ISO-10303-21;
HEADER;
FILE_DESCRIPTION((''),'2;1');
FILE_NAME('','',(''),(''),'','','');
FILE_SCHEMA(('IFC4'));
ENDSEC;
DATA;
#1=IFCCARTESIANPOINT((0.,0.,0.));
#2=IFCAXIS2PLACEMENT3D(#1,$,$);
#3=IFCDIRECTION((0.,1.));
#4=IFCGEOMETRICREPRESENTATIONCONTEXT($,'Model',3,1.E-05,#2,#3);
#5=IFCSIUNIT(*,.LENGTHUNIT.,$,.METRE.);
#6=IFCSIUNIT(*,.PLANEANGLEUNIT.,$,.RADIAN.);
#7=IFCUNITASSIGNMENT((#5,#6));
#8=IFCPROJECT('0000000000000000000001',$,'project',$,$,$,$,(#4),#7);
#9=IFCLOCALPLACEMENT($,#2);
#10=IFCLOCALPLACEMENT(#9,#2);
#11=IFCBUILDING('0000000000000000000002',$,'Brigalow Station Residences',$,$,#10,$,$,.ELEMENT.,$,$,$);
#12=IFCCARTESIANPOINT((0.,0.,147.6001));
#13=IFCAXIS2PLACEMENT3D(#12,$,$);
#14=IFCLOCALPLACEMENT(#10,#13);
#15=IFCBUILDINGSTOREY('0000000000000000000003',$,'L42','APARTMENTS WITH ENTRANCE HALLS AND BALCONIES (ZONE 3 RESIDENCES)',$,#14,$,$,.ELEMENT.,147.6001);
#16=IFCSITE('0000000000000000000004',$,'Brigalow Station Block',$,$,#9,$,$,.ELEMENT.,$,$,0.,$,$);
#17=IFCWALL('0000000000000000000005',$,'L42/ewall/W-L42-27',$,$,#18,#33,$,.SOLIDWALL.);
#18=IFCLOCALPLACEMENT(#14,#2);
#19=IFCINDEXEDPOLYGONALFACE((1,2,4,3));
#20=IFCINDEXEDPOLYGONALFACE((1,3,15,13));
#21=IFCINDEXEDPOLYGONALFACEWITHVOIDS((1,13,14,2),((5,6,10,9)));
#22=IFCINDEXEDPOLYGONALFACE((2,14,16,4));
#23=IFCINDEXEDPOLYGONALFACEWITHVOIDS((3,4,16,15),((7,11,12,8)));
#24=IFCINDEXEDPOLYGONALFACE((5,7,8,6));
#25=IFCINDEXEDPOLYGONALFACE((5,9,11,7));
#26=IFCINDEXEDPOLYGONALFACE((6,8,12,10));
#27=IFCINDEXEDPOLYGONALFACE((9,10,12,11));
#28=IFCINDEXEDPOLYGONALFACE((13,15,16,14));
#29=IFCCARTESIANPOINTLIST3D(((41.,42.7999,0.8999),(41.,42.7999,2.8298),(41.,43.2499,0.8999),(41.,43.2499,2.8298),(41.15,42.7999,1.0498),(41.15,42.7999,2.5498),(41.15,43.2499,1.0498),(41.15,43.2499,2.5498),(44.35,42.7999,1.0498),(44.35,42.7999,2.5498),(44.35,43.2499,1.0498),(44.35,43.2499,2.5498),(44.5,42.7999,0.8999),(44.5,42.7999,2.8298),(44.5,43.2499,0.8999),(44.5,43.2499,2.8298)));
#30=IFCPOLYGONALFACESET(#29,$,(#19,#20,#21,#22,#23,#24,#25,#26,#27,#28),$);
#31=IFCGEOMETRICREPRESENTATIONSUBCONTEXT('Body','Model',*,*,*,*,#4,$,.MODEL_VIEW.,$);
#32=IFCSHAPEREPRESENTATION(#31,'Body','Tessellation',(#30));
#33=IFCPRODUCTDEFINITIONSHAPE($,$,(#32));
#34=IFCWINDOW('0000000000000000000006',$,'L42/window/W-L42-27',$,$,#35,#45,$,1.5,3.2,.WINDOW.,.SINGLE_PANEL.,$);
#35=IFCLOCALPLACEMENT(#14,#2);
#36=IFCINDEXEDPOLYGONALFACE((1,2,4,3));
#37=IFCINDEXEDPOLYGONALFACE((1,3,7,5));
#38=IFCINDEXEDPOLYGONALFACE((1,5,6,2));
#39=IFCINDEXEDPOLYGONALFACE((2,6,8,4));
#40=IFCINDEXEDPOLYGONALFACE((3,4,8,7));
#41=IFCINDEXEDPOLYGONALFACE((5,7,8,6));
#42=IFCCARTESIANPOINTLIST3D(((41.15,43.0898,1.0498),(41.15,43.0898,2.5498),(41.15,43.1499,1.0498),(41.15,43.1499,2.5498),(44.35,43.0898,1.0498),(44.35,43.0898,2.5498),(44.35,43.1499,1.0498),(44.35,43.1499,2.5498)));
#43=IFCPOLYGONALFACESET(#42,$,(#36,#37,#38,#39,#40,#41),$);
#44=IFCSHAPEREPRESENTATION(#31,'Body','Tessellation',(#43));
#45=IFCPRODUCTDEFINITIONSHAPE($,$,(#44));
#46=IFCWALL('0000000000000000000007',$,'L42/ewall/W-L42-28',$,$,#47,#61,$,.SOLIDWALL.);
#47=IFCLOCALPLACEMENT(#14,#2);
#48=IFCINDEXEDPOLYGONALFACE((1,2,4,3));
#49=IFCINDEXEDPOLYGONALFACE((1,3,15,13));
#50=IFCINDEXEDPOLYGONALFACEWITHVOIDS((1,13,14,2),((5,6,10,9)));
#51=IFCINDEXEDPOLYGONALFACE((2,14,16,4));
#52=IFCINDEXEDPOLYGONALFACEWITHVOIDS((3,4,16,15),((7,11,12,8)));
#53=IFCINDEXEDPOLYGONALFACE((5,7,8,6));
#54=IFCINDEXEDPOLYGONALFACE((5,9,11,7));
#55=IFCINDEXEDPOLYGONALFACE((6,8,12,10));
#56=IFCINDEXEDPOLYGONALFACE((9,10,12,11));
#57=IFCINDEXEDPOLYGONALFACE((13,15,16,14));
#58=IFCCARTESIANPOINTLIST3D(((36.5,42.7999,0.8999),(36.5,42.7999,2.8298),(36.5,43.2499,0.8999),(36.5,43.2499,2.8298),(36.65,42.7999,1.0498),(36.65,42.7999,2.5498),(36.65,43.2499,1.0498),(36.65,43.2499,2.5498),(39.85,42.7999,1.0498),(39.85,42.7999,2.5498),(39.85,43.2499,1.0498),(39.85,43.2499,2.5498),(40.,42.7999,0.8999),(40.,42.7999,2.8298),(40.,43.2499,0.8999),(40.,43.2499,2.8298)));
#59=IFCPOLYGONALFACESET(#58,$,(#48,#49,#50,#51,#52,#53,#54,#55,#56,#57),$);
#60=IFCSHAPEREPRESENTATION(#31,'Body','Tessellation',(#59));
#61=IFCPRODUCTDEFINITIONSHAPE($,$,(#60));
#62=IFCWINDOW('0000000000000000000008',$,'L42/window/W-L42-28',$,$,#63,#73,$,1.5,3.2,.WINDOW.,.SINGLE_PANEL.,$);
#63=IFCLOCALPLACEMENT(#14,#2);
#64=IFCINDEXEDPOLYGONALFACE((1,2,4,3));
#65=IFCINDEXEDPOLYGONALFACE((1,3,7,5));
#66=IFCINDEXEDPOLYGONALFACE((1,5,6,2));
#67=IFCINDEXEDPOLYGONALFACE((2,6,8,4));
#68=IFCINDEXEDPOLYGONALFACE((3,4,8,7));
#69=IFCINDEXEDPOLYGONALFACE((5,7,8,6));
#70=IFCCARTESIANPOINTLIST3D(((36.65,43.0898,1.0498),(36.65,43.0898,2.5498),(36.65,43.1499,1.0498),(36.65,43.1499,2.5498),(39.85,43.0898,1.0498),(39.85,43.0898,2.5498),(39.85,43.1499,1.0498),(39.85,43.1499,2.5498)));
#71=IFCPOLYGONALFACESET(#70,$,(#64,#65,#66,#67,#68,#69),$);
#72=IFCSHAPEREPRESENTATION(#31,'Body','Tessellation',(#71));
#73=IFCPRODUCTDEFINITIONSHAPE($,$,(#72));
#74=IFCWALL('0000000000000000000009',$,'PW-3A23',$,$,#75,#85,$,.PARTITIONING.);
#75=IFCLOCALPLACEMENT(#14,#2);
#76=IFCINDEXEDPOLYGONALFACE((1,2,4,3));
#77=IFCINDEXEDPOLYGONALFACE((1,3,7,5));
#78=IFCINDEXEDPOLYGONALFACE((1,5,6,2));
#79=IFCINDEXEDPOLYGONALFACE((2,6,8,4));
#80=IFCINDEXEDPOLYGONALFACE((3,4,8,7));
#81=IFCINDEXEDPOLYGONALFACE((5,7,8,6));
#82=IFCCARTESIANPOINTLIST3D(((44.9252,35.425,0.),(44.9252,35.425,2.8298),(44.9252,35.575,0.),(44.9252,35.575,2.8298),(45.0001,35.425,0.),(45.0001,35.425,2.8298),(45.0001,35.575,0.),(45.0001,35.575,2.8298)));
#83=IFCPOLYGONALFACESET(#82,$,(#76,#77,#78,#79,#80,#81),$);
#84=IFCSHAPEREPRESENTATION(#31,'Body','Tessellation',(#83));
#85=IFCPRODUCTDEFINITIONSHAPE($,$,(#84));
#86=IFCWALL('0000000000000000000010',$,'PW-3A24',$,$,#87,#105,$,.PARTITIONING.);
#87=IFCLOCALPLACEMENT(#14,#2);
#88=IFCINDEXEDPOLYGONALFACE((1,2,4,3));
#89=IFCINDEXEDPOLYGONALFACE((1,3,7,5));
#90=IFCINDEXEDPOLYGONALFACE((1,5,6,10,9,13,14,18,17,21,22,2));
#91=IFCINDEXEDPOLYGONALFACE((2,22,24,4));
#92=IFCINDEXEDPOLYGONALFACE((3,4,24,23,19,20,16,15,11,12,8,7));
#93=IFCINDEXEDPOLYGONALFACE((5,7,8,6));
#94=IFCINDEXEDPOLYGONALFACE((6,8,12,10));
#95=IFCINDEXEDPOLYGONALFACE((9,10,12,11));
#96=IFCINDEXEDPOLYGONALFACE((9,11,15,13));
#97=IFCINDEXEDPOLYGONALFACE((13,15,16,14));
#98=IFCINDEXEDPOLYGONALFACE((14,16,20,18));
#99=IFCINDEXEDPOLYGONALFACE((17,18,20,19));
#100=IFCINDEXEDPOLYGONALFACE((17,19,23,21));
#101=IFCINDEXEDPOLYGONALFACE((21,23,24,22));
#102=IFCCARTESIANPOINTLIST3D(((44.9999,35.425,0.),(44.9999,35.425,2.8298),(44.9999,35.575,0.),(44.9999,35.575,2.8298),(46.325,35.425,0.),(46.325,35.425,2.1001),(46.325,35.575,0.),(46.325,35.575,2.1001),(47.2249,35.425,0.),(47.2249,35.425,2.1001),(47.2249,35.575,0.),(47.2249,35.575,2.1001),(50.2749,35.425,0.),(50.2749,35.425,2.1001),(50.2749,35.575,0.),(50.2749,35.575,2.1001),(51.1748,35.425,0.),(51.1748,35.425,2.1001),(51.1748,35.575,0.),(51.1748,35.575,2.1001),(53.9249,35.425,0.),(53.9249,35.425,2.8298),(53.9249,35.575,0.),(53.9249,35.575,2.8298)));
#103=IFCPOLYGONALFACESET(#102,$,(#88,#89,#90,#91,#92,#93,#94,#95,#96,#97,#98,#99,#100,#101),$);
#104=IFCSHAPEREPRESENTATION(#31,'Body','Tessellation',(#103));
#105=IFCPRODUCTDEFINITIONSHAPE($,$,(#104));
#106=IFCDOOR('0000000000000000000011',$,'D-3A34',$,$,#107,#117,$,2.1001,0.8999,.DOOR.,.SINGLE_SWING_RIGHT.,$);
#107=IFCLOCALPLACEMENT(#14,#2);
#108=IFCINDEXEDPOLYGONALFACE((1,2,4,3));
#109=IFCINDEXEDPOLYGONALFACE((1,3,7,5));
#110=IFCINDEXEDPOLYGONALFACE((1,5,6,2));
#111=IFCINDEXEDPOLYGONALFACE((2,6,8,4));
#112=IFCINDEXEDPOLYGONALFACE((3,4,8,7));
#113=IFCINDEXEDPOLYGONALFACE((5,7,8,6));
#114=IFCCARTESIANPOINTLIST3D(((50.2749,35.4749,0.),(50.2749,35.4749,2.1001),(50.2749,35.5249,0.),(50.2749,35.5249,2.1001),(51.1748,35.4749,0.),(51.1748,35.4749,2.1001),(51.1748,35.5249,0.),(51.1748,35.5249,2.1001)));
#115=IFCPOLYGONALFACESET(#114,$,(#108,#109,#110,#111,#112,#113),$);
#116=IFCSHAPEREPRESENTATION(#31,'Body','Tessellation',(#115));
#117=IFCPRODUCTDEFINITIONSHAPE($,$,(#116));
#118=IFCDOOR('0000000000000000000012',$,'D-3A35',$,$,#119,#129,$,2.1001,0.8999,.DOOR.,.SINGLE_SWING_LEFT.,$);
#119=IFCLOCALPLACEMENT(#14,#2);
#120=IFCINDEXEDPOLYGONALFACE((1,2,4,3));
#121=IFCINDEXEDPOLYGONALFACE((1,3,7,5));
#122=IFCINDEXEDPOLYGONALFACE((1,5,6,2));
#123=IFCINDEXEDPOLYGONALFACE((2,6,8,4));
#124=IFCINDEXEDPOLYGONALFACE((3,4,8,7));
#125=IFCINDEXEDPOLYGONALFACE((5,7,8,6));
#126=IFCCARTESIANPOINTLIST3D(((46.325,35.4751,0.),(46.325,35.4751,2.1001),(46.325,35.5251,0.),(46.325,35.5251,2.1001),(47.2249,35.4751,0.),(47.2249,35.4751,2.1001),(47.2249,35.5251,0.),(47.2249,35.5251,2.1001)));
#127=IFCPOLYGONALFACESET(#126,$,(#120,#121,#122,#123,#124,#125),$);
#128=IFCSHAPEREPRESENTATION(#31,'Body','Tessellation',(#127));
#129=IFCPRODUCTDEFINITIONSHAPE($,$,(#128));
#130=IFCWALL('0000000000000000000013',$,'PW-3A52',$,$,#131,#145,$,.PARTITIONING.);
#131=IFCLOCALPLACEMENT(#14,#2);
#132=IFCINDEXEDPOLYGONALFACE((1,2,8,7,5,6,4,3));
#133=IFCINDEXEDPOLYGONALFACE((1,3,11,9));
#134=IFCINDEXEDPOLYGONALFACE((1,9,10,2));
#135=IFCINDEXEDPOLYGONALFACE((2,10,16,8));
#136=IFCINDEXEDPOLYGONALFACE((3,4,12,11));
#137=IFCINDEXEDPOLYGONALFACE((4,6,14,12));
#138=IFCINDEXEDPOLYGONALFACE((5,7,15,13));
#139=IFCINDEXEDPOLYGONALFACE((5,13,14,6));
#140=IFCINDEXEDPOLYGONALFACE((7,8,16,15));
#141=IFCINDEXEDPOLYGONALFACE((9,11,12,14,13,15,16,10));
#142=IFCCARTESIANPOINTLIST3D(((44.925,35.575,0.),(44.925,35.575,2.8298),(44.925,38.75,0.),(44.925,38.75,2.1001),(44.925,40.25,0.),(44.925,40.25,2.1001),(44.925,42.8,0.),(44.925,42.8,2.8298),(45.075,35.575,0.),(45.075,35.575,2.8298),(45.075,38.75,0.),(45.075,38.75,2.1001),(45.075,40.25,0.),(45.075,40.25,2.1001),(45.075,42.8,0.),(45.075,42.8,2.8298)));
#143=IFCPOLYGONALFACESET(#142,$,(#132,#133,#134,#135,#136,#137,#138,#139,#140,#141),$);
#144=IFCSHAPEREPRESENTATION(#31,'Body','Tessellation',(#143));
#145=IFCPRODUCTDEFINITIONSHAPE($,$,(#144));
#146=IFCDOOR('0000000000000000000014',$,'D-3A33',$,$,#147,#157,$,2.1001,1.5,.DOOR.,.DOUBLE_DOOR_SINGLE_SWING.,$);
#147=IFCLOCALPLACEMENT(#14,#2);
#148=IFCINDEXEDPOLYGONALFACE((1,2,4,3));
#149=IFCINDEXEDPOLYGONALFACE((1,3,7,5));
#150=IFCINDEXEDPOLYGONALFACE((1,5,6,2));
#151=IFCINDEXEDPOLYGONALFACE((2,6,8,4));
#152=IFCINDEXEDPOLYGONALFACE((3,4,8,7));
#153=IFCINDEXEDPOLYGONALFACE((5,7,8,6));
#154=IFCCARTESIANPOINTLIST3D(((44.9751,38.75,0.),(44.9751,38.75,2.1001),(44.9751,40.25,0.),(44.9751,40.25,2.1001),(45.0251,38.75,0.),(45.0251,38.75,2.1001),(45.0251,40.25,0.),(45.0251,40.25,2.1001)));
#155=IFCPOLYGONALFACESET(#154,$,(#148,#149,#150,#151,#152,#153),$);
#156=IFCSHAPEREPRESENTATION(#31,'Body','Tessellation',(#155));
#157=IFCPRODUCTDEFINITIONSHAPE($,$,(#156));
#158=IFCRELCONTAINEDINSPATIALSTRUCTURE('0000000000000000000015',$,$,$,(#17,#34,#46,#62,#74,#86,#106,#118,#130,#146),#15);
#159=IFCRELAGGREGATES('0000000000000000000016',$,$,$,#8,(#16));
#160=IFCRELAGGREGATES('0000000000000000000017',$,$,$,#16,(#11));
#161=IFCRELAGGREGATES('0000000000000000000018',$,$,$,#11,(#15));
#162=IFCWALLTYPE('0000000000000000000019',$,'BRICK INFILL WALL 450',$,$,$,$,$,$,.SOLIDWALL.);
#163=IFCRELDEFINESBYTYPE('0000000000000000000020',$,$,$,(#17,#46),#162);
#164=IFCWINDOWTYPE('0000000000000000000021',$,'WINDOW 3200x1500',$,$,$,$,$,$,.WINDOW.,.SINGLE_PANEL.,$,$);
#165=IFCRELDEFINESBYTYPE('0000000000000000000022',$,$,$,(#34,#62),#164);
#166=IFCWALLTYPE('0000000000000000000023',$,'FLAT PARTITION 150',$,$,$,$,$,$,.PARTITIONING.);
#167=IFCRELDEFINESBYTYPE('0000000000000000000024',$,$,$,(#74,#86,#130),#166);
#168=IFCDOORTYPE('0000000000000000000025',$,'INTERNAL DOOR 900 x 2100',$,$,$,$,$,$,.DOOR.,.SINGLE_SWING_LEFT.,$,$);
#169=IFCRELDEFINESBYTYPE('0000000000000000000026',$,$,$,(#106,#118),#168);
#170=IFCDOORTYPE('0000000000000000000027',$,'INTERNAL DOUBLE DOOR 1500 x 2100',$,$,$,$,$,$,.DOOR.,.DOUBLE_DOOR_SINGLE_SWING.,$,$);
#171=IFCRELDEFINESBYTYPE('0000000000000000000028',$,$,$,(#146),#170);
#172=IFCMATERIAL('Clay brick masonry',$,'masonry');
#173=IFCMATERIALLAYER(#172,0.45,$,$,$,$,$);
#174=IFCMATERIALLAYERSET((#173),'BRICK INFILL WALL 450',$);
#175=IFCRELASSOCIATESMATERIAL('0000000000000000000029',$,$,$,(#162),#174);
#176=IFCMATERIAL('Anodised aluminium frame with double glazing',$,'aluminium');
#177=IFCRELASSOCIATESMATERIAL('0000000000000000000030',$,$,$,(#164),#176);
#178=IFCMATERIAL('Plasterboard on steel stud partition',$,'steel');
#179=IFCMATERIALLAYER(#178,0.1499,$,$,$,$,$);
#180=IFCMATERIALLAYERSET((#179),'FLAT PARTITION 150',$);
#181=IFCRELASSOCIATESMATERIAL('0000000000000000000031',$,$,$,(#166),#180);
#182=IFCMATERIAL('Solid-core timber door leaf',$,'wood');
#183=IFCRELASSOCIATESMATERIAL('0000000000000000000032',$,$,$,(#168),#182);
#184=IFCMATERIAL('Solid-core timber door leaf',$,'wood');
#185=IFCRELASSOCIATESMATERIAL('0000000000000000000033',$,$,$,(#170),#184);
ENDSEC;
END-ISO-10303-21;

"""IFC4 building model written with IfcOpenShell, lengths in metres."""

from ifc_helpers import new_model, si_unit, direction, frame, frame_2d, origin, place, context, subcontext, project, spatial, rectangle, extrude, material, layer, layer_set, type_object, element, fill, save


model = new_model("IFC4")

# Units and contexts
model_context = context("Model", 3, precision=1e-05, world=origin(), true_north=direction((0.0, 1.0)))
body_context = subcontext(model_context, "Body", "Model", "MODEL_VIEW")
ifc_project = project(units=[si_unit("LENGTHUNIT", "METRE"), si_unit("PLANEANGLEUNIT", "RADIAN")], contexts=[model_context])

# Site, building, storey
site_placement = place(None, origin())
site = spatial("IfcSite", under=ifc_project, at=site_placement, Name="Brigalow Station Block", CompositionType="ELEMENT", RefElevation=0.0)
building_placement = place(site_placement, origin())
building = spatial("IfcBuilding", under=site, at=building_placement, Name="Brigalow Station Residences", CompositionType="ELEMENT")
storey_placement = place(building_placement, frame((0.0, 0.0, 147.6001)))
storey = spatial("IfcBuildingStorey", under=building, at=storey_placement, Name="L42", Description="APARTMENTS WITH ENTRANCE HALLS AND BALCONIES (ZONE 3 RESIDENCES)", CompositionType="ELEMENT", Elevation=147.6001)

# Walls, openings, windows
ifc_material_1 = material(Name="Clay brick masonry", Category="masonry")
ifc_layer_1 = layer(ifc_material_1, 0.45)
ifc_layer_set_1 = layer_set([ifc_layer_1], Name="BRICK INFILL WALL 450")
wall_type_1 = type_object("IfcWallType", Name="BRICK INFILL WALL 450", PredefinedType="SOLIDWALL", material=ifc_layer_set_1)
wall_1_placement = place(storey_placement, frame((44.5, 43.0249, 0.8999), z_axis=(0.0, 0.0, 1.0), x_axis=(-1.0, 0.0, 0.0)))
wall_1 = element("IfcWall", 1, at=wall_1_placement, inside=storey, type_object=wall_type_1, Name="L42/ewall/W-L42-27", PredefinedType="SOLIDWALL", context=body_context, shape_type="SweptSolid", body=[
    extrude(rectangle(XDim=3.5, YDim=0.45, at=frame_2d((1.75, 0.0))), origin(), (0.0, 0.0, 1.0), 1.9299),
])
opening_1_placement = place(wall_1_placement, frame((0.1499, 0.0, 0.1499)))
opening_1 = element("IfcOpeningElement", 2, at=opening_1_placement, cuts=wall_1, PredefinedType="OPENING", context=body_context, shape_type="SweptSolid", body=[
    extrude(rectangle(XDim=3.2, YDim=1.5, at=frame_2d((1.6001, 0.75))), frame((0.0, 0.2349, 0.0), z_axis=(0.0, -1.0, 0.0), x_axis=(1.0, 0.0, 0.0)), (0.0, 0.0, 1.0), 0.47),
])
ifc_material_2 = material(Name="Anodised aluminium frame with double glazing", Category="aluminium")
window_type = type_object("IfcWindowType", Name="WINDOW 3200x1500", PartitioningType="SINGLE_PANEL", PredefinedType="WINDOW", material=ifc_material_2)
window_1_placement = place(opening_1_placement, origin())
window_1 = element("IfcWindow", 3, at=window_1_placement, inside=storey, type_object=window_type, Name="L42/window/W-L42-27", OverallHeight=1.5, OverallWidth=3.2, PartitioningType="SINGLE_PANEL", PredefinedType="WINDOW", context=body_context, shape_type="SweptSolid", body=[
    extrude(rectangle(XDim=3.2, YDim=1.5, at=frame_2d((1.6001, 0.75))), frame((0.0, -0.0649, 0.0), z_axis=(0.0, -1.0, 0.0), x_axis=(1.0, 0.0, 0.0)), (0.0, 0.0, 1.0), 0.0601),
])
fill(opening_1, window_1)
wall_2_placement = place(storey_placement, frame((40.0, 43.0249, 0.8999), z_axis=(0.0, 0.0, 1.0), x_axis=(-1.0, 0.0, 0.0)))
wall_2 = element("IfcWall", 4, at=wall_2_placement, inside=storey, type_object=wall_type_1, Name="L42/ewall/W-L42-28", PredefinedType="SOLIDWALL", context=body_context, shape_type="SweptSolid", body=[
    extrude(rectangle(XDim=3.5, YDim=0.45, at=frame_2d((1.75, 0.0))), origin(), (0.0, 0.0, 1.0), 1.9299),
])
opening_2_placement = place(wall_2_placement, frame((0.1499, 0.0, 0.1499)))
opening_2 = element("IfcOpeningElement", 5, at=opening_2_placement, cuts=wall_2, PredefinedType="OPENING", context=body_context, shape_type="SweptSolid", body=[
    extrude(rectangle(XDim=3.2, YDim=1.5, at=frame_2d((1.6001, 0.75))), frame((0.0, 0.2349, 0.0), z_axis=(0.0, -1.0, 0.0), x_axis=(1.0, 0.0, 0.0)), (0.0, 0.0, 1.0), 0.47),
])
window_2_placement = place(opening_2_placement, origin())
window_2 = element("IfcWindow", 6, at=window_2_placement, inside=storey, type_object=window_type, Name="L42/window/W-L42-28", OverallHeight=1.5, OverallWidth=3.2, PartitioningType="SINGLE_PANEL", PredefinedType="WINDOW", context=body_context, shape_type="SweptSolid", body=[
    extrude(rectangle(XDim=3.2, YDim=1.5, at=frame_2d((1.6001, 0.75))), frame((0.0, -0.0649, 0.0), z_axis=(0.0, -1.0, 0.0), x_axis=(1.0, 0.0, 0.0)), (0.0, 0.0, 1.0), 0.0601),
])
fill(opening_2, window_2)

# Wall
ifc_material_3 = material(Name="Plasterboard on steel stud partition", Category="steel")
ifc_layer_2 = layer(ifc_material_3, 0.1499)
ifc_layer_set_2 = layer_set([ifc_layer_2], Name="FLAT PARTITION 150")
wall_type_2 = type_object("IfcWallType", Name="FLAT PARTITION 150", PredefinedType="PARTITIONING", material=ifc_layer_set_2)
wall_3_placement = place(storey_placement, frame((44.925, 35.5, 0.0), z_axis=(0.0, 0.0, 1.0), x_axis=(1.0, 0.0, 0.0)))
element("IfcWall", 7, at=wall_3_placement, inside=storey, type_object=wall_type_2, Name="PW-3A23", PredefinedType="PARTITIONING", context=body_context, shape_type="SweptSolid", body=[
    extrude(rectangle(XDim=0.075, YDim=0.1499, at=frame_2d((0.0376, 0.0))), origin(), (0.0, 0.0, 1.0), 2.8298),
])

# Wall, openings, doors
wall_4_placement = place(storey_placement, frame((45.0, 35.5, 0.0), z_axis=(0.0, 0.0, 1.0), x_axis=(1.0, 0.0, 0.0)))
wall_4 = element("IfcWall", 8, at=wall_4_placement, inside=storey, type_object=wall_type_2, Name="PW-3A24", PredefinedType="PARTITIONING", context=body_context, shape_type="SweptSolid", body=[
    extrude(rectangle(XDim=8.925, YDim=0.1499, at=frame_2d((4.4624, 0.0))), origin(), (0.0, 0.0, 1.0), 2.8298),
])
opening_3_placement = place(wall_4_placement, frame((5.2749, 0.0, 0.0)))
opening_3 = element("IfcOpeningElement", 9, at=opening_3_placement, cuts=wall_4, PredefinedType="OPENING", context=body_context, shape_type="SweptSolid", body=[
    extrude(rectangle(XDim=0.8999, YDim=2.1001, at=frame_2d((0.45, 1.05))), frame((0.0, 0.085, 0.0), z_axis=(0.0, -1.0, 0.0), x_axis=(1.0, 0.0, 0.0)), (0.0, 0.0, 1.0), 0.1699),
])
opening_4_placement = place(wall_4_placement, frame((1.325, 0.0, 0.0)))
opening_4 = element("IfcOpeningElement", 10, at=opening_4_placement, cuts=wall_4, PredefinedType="OPENING", context=body_context, shape_type="SweptSolid", body=[
    extrude(rectangle(XDim=0.8999, YDim=2.1001, at=frame_2d((0.45, 1.05))), frame((0.0, 0.085, 0.0), z_axis=(0.0, -1.0, 0.0), x_axis=(1.0, 0.0, 0.0)), (0.0, 0.0, 1.0), 0.1699),
])
ifc_material_4 = material(Name="Solid-core timber door leaf", Category="wood")
door_type_1 = type_object("IfcDoorType", Name="INTERNAL DOOR 900 x 2100", OperationType="SINGLE_SWING_LEFT", PredefinedType="DOOR", material=ifc_material_4)
door_1_placement = place(opening_3_placement, origin())
door_1 = element("IfcDoor", 11, at=door_1_placement, inside=storey, type_object=door_type_1, Name="D-3A34", OperationType="SINGLE_SWING_RIGHT", OverallHeight=2.1001, OverallWidth=0.8999, PredefinedType="DOOR", context=body_context, shape_type="SweptSolid", body=[
    extrude(rectangle(XDim=0.8999, YDim=2.1001, at=frame_2d((0.45, 1.05))), frame((0.0, 0.0249, 0.0), z_axis=(0.0, -1.0, 0.0), x_axis=(1.0, 0.0, 0.0)), (0.0, 0.0, 1.0), 0.05),
])
fill(opening_3, door_1)
door_2_placement = place(opening_4_placement, frame((0.8999, 0.0, 0.0), z_axis=(0.0, 0.0, 1.0), x_axis=(-1.0, 0.0, 0.0)))
door_2 = element("IfcDoor", 12, at=door_2_placement, inside=storey, type_object=door_type_1, Name="D-3A35", OperationType="SINGLE_SWING_LEFT", OverallHeight=2.1001, OverallWidth=0.8999, PredefinedType="DOOR", context=body_context, shape_type="SweptSolid", body=[
    extrude(rectangle(XDim=0.8999, YDim=2.1001, at=frame_2d((0.45, 1.05))), frame((0.0, 0.0249, 0.0), z_axis=(0.0, -1.0, 0.0), x_axis=(1.0, 0.0, 0.0)), (0.0, 0.0, 1.0), 0.05),
])
fill(opening_4, door_2)

# Wall, opening, door
wall_5_placement = place(storey_placement, frame((45.0, 35.575, 0.0), z_axis=(0.0, 0.0, 1.0), x_axis=(0.0, 1.0, 0.0)))
wall_5 = element("IfcWall", 13, at=wall_5_placement, inside=storey, type_object=wall_type_2, Name="PW-3A52", PredefinedType="PARTITIONING", context=body_context, shape_type="SweptSolid", body=[
    extrude(rectangle(XDim=7.2251, YDim=0.1499, at=frame_2d((3.6125, 0.0))), origin(), (0.0, 0.0, 1.0), 2.8298),
])
opening_5_placement = place(wall_5_placement, frame((3.175, 0.0, 0.0)))
opening_5 = element("IfcOpeningElement", 14, at=opening_5_placement, cuts=wall_5, PredefinedType="OPENING", context=body_context, shape_type="SweptSolid", body=[
    extrude(rectangle(XDim=1.5, YDim=2.1001, at=frame_2d((0.75, 1.05))), frame((0.0, 0.085, 0.0), z_axis=(0.0, -1.0, 0.0), x_axis=(1.0, 0.0, 0.0)), (0.0, 0.0, 1.0), 0.1699),
])
ifc_material_5 = material(Name="Solid-core timber door leaf", Category="wood")
door_type_2 = type_object("IfcDoorType", Name="INTERNAL DOUBLE DOOR 1500 x 2100", OperationType="DOUBLE_DOOR_SINGLE_SWING", PredefinedType="DOOR", material=ifc_material_5)
door_3_placement = place(opening_5_placement, origin())
door_3 = element("IfcDoor", 15, at=door_3_placement, inside=storey, type_object=door_type_2, Name="D-3A33", OperationType="DOUBLE_DOOR_SINGLE_SWING", OverallHeight=2.1001, OverallWidth=1.5, PredefinedType="DOOR", context=body_context, shape_type="SweptSolid", body=[
    extrude(rectangle(XDim=1.5, YDim=2.1001, at=frame_2d((0.75, 1.05))), frame((0.0, 0.0249, 0.0), z_axis=(0.0, -1.0, 0.0), x_axis=(1.0, 0.0, 0.0)), (0.0, 0.0, 1.0), 0.05),
])
fill(opening_5, door_3)

save(model, "model.ifc")
